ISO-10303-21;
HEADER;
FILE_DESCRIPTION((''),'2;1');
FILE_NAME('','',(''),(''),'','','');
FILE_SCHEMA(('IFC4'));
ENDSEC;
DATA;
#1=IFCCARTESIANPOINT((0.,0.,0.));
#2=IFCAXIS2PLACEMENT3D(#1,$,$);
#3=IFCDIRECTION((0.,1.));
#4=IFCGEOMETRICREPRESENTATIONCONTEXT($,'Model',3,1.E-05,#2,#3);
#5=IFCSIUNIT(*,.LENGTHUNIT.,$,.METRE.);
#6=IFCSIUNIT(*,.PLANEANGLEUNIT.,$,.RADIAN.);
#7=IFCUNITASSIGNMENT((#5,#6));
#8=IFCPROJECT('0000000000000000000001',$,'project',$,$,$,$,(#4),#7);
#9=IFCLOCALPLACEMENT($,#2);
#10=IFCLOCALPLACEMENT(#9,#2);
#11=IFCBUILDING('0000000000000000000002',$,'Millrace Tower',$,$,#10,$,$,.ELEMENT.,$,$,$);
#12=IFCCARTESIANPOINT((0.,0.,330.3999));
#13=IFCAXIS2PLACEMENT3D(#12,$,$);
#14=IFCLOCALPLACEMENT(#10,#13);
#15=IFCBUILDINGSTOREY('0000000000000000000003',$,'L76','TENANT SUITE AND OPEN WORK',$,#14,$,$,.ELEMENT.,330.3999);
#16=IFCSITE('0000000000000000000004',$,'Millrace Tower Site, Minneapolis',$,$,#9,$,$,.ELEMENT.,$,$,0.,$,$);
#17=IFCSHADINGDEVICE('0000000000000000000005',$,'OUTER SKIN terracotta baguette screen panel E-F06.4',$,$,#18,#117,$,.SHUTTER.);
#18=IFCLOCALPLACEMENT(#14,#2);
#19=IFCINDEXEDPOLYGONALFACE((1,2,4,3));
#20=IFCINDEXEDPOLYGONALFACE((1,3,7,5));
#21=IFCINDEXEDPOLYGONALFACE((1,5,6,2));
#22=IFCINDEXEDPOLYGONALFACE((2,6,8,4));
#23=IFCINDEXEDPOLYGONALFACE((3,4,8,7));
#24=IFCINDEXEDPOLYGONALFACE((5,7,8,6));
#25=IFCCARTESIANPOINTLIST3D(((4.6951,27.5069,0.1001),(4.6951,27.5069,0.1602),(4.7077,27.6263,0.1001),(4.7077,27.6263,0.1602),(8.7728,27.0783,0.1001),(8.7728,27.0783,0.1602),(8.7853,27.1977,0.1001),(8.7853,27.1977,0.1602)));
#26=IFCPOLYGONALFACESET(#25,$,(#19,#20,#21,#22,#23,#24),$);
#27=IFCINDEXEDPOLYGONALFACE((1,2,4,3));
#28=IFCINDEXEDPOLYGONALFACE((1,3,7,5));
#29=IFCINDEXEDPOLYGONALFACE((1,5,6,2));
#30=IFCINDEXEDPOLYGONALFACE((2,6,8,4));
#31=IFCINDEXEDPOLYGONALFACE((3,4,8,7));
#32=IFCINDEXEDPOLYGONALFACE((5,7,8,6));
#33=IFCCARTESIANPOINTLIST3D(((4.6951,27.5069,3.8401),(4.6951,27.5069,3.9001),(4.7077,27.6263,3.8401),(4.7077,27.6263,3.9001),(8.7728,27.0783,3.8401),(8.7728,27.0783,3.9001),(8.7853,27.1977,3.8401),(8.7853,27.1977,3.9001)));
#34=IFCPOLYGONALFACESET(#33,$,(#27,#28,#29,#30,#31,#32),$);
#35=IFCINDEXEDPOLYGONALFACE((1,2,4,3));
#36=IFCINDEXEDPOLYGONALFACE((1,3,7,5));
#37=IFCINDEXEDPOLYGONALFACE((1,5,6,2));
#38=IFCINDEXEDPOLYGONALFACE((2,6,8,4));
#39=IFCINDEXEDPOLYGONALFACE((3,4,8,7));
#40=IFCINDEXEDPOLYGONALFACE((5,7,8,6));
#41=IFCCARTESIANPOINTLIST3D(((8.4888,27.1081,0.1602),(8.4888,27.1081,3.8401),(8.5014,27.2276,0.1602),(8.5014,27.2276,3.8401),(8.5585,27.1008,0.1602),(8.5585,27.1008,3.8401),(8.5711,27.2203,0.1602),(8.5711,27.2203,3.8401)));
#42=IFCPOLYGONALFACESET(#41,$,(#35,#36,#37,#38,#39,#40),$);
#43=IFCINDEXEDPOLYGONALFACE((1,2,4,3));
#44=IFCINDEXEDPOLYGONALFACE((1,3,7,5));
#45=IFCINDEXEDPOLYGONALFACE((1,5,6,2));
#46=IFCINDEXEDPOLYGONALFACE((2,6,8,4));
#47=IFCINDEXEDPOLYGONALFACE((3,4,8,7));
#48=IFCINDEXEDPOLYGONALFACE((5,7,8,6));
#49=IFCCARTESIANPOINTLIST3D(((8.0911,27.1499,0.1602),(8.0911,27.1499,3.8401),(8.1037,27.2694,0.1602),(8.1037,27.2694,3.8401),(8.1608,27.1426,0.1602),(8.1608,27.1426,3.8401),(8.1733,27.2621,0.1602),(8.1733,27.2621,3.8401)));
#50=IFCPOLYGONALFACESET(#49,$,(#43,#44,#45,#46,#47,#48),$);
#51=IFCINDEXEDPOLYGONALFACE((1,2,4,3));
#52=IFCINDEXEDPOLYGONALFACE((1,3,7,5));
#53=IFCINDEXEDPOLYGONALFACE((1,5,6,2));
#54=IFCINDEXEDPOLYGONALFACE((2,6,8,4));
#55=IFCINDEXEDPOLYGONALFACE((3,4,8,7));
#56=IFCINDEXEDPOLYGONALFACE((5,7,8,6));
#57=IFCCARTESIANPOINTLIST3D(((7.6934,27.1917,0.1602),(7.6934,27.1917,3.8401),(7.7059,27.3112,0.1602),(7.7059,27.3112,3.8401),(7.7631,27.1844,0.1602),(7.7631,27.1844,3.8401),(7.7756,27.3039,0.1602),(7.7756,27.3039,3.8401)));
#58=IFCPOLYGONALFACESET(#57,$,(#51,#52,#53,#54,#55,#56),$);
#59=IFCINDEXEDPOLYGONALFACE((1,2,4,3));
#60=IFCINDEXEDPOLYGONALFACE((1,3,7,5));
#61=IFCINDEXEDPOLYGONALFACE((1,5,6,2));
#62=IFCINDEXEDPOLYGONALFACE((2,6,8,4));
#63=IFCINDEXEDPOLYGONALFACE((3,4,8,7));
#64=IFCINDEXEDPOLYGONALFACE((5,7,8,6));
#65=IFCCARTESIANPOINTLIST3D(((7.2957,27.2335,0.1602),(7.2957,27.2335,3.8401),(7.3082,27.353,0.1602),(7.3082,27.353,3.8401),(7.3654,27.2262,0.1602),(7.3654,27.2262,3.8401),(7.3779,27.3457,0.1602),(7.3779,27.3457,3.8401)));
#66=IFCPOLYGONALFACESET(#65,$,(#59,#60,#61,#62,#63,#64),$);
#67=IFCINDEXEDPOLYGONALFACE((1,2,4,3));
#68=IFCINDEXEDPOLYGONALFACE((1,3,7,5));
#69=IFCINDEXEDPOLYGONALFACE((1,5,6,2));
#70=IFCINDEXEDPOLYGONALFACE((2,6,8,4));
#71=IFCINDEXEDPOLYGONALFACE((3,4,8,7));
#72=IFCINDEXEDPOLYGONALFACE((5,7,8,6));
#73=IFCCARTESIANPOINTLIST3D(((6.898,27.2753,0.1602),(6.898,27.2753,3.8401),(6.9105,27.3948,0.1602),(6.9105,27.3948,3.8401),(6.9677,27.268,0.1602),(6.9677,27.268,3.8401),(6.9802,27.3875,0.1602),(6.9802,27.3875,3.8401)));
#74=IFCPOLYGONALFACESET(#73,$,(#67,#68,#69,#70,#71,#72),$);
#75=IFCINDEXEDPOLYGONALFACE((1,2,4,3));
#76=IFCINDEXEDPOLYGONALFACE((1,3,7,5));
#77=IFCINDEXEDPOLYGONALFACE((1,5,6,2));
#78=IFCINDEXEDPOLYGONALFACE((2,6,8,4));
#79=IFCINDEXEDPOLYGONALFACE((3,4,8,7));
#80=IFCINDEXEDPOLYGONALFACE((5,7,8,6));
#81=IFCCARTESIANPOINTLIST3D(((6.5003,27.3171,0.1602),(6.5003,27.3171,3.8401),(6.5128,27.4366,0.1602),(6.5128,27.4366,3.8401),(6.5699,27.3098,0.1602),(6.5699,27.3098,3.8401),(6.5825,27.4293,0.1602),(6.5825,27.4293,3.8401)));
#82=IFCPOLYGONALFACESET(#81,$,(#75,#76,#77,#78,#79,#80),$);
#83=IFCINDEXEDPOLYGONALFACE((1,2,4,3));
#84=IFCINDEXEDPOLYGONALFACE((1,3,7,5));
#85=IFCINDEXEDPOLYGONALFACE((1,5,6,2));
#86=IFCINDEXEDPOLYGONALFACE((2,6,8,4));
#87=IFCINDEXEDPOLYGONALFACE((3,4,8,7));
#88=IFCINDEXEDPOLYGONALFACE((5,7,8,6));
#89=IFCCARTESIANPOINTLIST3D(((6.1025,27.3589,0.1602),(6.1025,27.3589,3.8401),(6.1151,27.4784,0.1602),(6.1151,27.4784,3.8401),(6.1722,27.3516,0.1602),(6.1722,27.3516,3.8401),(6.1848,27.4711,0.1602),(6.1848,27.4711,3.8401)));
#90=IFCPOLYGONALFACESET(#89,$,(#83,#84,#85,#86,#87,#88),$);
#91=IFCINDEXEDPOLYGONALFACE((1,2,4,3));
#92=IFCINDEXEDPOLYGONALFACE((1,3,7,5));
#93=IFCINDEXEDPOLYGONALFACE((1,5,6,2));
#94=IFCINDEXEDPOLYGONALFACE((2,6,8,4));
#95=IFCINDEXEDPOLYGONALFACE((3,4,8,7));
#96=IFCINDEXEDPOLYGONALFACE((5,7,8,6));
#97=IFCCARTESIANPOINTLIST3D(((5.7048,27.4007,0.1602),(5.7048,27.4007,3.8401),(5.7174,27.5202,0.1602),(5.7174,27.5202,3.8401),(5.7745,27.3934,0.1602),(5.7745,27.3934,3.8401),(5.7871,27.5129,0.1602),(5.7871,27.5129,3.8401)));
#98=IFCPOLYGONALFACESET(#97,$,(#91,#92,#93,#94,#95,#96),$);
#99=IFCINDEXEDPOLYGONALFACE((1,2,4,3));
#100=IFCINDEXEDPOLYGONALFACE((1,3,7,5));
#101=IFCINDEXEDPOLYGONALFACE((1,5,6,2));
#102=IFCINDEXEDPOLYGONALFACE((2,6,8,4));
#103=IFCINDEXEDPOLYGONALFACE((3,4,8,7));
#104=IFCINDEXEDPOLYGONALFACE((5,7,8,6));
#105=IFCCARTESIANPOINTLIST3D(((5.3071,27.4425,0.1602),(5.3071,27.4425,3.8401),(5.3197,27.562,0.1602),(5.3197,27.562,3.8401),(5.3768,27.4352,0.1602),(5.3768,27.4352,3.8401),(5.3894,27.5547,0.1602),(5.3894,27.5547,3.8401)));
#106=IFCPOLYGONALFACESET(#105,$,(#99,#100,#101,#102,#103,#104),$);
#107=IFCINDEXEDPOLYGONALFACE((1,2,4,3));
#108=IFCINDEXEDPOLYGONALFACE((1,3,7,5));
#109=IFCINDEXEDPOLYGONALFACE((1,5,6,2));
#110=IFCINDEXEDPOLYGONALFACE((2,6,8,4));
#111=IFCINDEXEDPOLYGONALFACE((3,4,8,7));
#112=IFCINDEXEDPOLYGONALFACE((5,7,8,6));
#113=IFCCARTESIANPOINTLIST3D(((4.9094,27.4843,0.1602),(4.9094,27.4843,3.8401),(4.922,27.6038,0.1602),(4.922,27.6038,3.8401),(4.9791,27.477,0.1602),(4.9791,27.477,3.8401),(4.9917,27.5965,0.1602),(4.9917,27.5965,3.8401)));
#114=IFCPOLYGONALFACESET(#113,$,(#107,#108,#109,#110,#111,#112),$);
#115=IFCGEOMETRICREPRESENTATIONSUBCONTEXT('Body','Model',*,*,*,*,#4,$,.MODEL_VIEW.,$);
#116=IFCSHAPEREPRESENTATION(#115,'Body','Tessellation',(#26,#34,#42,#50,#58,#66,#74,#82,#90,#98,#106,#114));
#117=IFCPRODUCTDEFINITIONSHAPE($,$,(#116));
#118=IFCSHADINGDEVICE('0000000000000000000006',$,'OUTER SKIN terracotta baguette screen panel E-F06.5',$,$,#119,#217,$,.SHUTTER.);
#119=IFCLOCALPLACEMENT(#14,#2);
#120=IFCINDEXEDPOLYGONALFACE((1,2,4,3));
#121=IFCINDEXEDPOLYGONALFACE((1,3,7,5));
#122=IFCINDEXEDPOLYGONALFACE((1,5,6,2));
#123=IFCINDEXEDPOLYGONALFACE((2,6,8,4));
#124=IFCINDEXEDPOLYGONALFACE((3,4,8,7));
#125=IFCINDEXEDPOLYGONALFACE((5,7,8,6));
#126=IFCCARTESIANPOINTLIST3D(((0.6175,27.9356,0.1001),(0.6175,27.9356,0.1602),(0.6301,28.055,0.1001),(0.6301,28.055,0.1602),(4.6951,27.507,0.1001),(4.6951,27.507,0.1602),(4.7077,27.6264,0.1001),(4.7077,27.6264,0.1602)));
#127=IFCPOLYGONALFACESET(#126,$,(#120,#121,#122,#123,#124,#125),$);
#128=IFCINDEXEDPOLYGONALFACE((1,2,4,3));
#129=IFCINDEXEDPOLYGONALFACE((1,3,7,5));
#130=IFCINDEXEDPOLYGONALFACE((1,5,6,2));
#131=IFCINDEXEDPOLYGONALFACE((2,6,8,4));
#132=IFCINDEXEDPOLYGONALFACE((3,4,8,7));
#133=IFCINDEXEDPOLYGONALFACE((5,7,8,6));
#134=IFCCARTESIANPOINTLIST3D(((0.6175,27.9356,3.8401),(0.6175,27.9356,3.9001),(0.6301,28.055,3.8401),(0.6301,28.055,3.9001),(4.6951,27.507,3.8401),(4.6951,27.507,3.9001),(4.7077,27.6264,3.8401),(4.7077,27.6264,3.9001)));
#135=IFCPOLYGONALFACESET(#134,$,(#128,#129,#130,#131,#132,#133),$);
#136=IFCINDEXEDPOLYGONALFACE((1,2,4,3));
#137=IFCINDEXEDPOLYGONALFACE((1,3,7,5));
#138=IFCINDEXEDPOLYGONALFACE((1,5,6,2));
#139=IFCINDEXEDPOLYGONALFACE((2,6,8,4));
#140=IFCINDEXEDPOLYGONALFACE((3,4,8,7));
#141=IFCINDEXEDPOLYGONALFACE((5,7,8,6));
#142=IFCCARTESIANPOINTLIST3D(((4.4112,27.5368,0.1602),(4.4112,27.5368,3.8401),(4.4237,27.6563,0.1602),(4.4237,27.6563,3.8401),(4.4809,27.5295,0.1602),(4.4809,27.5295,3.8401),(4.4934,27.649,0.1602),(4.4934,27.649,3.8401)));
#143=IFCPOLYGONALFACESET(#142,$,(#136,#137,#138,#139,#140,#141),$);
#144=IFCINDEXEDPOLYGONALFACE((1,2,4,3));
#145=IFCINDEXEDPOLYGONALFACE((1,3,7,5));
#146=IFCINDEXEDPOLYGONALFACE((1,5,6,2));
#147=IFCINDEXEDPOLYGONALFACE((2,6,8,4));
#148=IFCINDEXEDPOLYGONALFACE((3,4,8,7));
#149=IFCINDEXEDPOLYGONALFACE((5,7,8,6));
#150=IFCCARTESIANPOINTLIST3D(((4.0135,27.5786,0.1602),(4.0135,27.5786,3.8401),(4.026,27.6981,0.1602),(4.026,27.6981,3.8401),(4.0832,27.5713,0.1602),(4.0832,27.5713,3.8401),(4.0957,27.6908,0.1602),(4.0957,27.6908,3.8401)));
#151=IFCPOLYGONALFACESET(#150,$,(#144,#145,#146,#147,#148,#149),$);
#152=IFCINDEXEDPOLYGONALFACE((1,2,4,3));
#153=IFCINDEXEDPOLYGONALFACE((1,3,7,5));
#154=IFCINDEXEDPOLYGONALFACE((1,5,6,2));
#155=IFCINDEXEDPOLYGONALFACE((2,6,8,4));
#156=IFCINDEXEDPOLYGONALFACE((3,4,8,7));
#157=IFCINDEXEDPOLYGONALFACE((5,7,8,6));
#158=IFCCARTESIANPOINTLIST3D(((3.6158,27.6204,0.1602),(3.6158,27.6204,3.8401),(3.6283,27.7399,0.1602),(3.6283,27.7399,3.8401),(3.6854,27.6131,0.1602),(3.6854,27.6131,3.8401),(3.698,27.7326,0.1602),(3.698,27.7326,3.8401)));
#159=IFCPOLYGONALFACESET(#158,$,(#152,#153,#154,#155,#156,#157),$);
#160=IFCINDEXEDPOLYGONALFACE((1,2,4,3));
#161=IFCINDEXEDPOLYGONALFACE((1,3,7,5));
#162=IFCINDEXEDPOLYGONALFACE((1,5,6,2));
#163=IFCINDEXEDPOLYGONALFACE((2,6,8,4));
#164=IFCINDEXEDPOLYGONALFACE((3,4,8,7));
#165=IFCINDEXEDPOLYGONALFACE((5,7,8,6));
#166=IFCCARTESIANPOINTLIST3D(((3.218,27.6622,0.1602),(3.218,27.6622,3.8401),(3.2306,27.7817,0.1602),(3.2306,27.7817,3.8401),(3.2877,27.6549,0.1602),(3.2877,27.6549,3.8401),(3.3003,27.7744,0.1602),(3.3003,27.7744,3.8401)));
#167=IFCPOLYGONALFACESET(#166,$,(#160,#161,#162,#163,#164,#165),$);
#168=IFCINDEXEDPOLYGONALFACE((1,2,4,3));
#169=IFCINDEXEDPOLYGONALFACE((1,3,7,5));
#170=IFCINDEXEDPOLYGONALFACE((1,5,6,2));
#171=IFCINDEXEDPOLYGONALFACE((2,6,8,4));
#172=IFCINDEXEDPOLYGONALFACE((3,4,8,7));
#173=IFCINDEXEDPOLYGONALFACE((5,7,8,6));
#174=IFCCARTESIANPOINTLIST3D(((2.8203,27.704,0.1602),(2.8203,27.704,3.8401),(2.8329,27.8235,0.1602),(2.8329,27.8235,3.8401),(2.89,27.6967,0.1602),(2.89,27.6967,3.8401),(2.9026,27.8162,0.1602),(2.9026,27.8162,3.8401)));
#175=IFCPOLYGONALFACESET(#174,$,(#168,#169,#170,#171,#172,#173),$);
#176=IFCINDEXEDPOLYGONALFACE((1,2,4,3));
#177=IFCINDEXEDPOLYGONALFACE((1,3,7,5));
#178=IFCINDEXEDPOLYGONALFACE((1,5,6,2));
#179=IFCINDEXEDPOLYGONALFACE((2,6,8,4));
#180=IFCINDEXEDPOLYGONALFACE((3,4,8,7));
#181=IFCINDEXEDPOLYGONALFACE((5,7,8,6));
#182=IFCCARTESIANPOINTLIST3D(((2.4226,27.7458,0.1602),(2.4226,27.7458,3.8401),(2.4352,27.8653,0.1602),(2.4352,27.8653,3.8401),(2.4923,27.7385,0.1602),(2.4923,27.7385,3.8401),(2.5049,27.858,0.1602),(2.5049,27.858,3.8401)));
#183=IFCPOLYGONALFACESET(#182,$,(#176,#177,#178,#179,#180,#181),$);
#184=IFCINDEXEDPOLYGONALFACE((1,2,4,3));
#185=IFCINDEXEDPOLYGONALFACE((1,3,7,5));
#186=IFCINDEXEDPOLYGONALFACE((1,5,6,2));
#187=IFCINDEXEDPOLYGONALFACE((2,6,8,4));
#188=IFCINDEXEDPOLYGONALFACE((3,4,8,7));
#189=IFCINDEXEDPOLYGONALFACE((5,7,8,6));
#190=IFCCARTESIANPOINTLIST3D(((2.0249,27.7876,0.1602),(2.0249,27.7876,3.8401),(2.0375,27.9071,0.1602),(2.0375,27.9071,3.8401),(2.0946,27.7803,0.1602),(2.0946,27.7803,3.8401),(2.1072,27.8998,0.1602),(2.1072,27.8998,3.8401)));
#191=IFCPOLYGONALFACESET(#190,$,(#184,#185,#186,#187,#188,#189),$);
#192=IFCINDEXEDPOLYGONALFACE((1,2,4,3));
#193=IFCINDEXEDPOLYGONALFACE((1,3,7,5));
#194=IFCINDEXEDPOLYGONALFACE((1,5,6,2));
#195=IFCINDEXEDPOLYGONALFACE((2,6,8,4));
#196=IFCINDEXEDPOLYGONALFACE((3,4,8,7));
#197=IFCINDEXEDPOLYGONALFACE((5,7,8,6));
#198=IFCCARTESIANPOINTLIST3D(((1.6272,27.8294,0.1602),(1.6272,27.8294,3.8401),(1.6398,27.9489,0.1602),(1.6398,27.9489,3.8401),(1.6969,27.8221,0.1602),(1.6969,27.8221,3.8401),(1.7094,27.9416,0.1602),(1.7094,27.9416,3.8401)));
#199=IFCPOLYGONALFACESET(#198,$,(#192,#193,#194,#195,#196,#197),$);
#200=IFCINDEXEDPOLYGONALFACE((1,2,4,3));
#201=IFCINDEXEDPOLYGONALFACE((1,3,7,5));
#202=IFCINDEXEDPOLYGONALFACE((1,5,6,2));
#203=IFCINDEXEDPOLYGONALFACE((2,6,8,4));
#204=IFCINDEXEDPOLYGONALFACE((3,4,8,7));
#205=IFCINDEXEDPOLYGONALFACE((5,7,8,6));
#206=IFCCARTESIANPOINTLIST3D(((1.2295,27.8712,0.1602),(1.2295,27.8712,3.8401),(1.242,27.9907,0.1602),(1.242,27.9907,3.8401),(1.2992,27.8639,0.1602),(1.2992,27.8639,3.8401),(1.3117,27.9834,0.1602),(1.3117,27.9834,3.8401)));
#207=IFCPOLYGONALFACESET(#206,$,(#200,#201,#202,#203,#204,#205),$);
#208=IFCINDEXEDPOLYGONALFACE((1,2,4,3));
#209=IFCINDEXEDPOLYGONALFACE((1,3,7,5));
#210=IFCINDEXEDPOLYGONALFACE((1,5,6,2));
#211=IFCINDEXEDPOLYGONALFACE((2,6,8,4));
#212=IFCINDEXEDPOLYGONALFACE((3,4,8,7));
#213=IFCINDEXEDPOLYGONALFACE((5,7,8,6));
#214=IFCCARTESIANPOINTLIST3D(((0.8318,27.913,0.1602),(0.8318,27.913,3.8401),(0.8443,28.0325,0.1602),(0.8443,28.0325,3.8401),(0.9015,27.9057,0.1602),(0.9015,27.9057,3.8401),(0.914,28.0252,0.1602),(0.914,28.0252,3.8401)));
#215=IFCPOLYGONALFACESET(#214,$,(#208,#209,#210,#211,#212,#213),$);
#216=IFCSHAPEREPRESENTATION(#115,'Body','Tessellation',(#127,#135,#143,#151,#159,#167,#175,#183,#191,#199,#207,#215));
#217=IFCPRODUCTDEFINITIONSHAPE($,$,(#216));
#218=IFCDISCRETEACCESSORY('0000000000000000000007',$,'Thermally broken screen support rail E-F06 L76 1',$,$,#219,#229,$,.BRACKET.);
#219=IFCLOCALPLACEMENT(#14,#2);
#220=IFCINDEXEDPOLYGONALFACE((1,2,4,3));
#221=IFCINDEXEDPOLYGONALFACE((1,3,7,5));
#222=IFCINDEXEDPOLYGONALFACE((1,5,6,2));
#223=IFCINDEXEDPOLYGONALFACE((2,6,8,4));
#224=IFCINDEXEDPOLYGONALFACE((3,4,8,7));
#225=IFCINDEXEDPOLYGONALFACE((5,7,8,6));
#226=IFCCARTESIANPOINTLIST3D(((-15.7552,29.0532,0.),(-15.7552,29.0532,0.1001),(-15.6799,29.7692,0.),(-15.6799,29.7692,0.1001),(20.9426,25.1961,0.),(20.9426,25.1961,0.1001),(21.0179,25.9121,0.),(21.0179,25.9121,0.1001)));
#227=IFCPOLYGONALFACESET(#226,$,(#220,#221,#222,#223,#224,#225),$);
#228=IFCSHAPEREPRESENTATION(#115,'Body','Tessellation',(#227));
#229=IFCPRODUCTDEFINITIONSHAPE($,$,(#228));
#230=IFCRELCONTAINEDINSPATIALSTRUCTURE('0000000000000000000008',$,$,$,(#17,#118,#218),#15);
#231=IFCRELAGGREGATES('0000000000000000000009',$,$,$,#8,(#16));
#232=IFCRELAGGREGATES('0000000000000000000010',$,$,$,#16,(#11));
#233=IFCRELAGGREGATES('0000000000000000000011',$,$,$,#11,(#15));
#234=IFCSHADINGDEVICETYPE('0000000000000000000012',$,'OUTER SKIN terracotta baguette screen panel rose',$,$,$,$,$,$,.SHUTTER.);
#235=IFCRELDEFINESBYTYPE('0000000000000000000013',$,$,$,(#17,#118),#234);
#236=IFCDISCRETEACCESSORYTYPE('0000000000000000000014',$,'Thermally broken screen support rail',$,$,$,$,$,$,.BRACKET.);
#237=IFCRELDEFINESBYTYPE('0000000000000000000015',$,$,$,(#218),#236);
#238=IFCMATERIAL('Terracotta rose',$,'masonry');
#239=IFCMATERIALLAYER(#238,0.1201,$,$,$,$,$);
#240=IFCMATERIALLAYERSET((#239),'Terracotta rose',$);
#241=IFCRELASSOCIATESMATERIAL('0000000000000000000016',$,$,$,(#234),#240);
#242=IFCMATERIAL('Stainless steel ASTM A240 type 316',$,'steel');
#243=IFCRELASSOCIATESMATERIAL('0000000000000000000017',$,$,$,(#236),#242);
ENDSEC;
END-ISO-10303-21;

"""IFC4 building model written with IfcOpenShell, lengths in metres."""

from ifc_helpers import new_model, entity, si_unit, direction, frame, frame_2d, origin, origin_2d, place, context, subcontext, project, spatial, rectangle, extrude, source, transform, mapped, material, layer, layer_set, type_object, element, save


model = new_model("IFC4")

# Units and contexts
model_context = context("Model", 3, precision=1e-05, world=origin(), true_north=direction((0.0, 1.0)))
body_context = subcontext(model_context, "Body", "Model", "MODEL_VIEW")
ifc_project = project(units=[si_unit("LENGTHUNIT", "METRE"), si_unit("PLANEANGLEUNIT", "RADIAN")], contexts=[model_context])

# Site, building, storey
site_placement = place(None, origin())
site = spatial("IfcSite", under=ifc_project, at=site_placement, Name="Millrace Tower Site, Minneapolis", CompositionType="ELEMENT", RefElevation=0.0)
building_placement = place(site_placement, origin())
building = spatial("IfcBuilding", under=site, at=building_placement, Name="Millrace Tower", CompositionType="ELEMENT")
storey_placement = place(building_placement, frame((0.0, 0.0, 330.3999)))
storey = spatial("IfcBuildingStorey", under=building, at=storey_placement, Name="L76", Description="TENANT SUITE AND OPEN WORK", CompositionType="ELEMENT", Elevation=330.3999)

# Shading devices
ifc_material_1 = material(Name="Terracotta rose", Category="masonry")
ifc_layer_1 = layer(ifc_material_1, 0.1201)
ifc_layer_set_1 = layer_set([ifc_layer_1], Name="Terracotta rose")
shading_device_type = type_object("IfcShadingDeviceType", Name="OUTER SKIN terracotta baguette screen panel rose", PredefinedType="SHUTTER", material=ifc_layer_set_1)
cartesian_point = entity("IfcCartesianPoint", [-2.05, 0.0601])
shared_polyline = entity("IfcPolyline", [cartesian_point, entity("IfcCartesianPoint", [2.05, 0.0601]), entity("IfcCartesianPoint", [2.05, -0.0601]), entity("IfcCartesianPoint", [-2.05, -0.0601]), cartesian_point])
shared_shape = source(origin(), body_context, "Body", "SweptSolid", [
    entity("IfcExtrudedAreaSolid", entity("IfcArbitraryClosedProfileDef", "AREA", None, shared_polyline), entity("IfcAxis2Placement3D", entity("IfcCartesianPoint", [0.0, 0.0, 0.0])), entity("IfcDirection", [0.0, 0.0, 1.0]), 0.0601),
    entity("IfcExtrudedAreaSolid", entity("IfcArbitraryClosedProfileDef", "AREA", None, shared_polyline), entity("IfcAxis2Placement3D", entity("IfcCartesianPoint", [0.0, 0.0, 3.74])), entity("IfcDirection", [0.0, 0.0, 1.0]), 0.0601),
    extrude(rectangle(XDim=0.0701, YDim=0.1201, at=frame_2d((-1.7996, 0.0))), frame((0.0, 0.0, 0.0601)), (0.0, 0.0, 1.0), 3.6799),
    extrude(rectangle(XDim=0.0701, YDim=0.1201, at=frame_2d((-1.3997, 0.0))), frame((0.0, 0.0, 0.0601)), (0.0, 0.0, 1.0), 3.6799),
    extrude(rectangle(XDim=0.0701, YDim=0.1201, at=frame_2d((-0.9998, 0.0))), frame((0.0, 0.0, 0.0601)), (0.0, 0.0, 1.0), 3.6799),
    extrude(rectangle(XDim=0.0701, YDim=0.1201, at=frame_2d((-0.5999, 0.0))), frame((0.0, 0.0, 0.0601)), (0.0, 0.0, 1.0), 3.6799),
    extrude(rectangle(XDim=0.0701, YDim=0.1201, at=frame_2d((-0.2, 0.0))), frame((0.0, 0.0, 0.0601)), (0.0, 0.0, 1.0), 3.6799),
    extrude(rectangle(XDim=0.0701, YDim=0.1201, at=frame_2d((0.2, 0.0))), frame((0.0, 0.0, 0.0601)), (0.0, 0.0, 1.0), 3.6799),
    extrude(rectangle(XDim=0.0701, YDim=0.1201, at=frame_2d((0.5999, 0.0))), frame((0.0, 0.0, 0.0601)), (0.0, 0.0, 1.0), 3.6799),
    extrude(rectangle(XDim=0.0701, YDim=0.1201, at=frame_2d((0.9998, 0.0))), frame((0.0, 0.0, 0.0601)), (0.0, 0.0, 1.0), 3.6799),
    extrude(rectangle(XDim=0.0701, YDim=0.1201, at=frame_2d((1.3997, 0.0))), frame((0.0, 0.0, 0.0601)), (0.0, 0.0, 1.0), 3.6799),
    extrude(rectangle(XDim=0.0701, YDim=0.1201, at=frame_2d((1.7996, 0.0))), frame((0.0, 0.0, 0.0601)), (0.0, 0.0, 1.0), 3.6799),
])
for number, where, z_axis, x_axis, name in (
    (1, (6.7402, 27.3523, 0.1001), (0.0, 0.0, 1.0), (-0.994522, 0.104528, 0.0), "OUTER SKIN terracotta baguette screen panel E-F06.4"),
    (2, (2.6626, 27.781, 0.1001), (0.0, 0.0, 1.0), (-0.994522, 0.104528, 0.0), "OUTER SKIN terracotta baguette screen panel E-F06.5"),
):
    element("IfcShadingDevice", number, at=place(storey_placement, frame(where, z_axis=z_axis, x_axis=x_axis)), inside=storey, type_object=shading_device_type, Name=name, PredefinedType="SHUTTER", context=body_context, shape_type="MappedRepresentation", body=[
        mapped(shared_shape, transform((0.0, 0.0, 0.0), scale=1.0)),
    ])

# Discrete accessory
ifc_material_2 = material(Name="Stainless steel ASTM A240 type 316", Category="steel")
discrete_accessory_type = type_object("IfcDiscreteAccessoryType", Name="Thermally broken screen support rail", PredefinedType="BRACKET", material=ifc_material_2)
discrete_accessory_placement = place(storey_placement, frame((2.6313, 27.4827, 0.0), z_axis=(0.0, 0.0, 1.0), x_axis=(-0.994522, 0.104528, 0.0)))
element("IfcDiscreteAccessory", 3, at=discrete_accessory_placement, inside=storey, type_object=discrete_accessory_type, Name="Thermally broken screen support rail E-F06 L76 1", PredefinedType="BRACKET", context=body_context, shape_type="SweptSolid", body=[
    extrude(rectangle(XDim=36.8999, YDim=0.72, at=origin_2d()), origin(), (0.0, 0.0, 1.0), 0.1001),
])

save(model, "model.ifc")
